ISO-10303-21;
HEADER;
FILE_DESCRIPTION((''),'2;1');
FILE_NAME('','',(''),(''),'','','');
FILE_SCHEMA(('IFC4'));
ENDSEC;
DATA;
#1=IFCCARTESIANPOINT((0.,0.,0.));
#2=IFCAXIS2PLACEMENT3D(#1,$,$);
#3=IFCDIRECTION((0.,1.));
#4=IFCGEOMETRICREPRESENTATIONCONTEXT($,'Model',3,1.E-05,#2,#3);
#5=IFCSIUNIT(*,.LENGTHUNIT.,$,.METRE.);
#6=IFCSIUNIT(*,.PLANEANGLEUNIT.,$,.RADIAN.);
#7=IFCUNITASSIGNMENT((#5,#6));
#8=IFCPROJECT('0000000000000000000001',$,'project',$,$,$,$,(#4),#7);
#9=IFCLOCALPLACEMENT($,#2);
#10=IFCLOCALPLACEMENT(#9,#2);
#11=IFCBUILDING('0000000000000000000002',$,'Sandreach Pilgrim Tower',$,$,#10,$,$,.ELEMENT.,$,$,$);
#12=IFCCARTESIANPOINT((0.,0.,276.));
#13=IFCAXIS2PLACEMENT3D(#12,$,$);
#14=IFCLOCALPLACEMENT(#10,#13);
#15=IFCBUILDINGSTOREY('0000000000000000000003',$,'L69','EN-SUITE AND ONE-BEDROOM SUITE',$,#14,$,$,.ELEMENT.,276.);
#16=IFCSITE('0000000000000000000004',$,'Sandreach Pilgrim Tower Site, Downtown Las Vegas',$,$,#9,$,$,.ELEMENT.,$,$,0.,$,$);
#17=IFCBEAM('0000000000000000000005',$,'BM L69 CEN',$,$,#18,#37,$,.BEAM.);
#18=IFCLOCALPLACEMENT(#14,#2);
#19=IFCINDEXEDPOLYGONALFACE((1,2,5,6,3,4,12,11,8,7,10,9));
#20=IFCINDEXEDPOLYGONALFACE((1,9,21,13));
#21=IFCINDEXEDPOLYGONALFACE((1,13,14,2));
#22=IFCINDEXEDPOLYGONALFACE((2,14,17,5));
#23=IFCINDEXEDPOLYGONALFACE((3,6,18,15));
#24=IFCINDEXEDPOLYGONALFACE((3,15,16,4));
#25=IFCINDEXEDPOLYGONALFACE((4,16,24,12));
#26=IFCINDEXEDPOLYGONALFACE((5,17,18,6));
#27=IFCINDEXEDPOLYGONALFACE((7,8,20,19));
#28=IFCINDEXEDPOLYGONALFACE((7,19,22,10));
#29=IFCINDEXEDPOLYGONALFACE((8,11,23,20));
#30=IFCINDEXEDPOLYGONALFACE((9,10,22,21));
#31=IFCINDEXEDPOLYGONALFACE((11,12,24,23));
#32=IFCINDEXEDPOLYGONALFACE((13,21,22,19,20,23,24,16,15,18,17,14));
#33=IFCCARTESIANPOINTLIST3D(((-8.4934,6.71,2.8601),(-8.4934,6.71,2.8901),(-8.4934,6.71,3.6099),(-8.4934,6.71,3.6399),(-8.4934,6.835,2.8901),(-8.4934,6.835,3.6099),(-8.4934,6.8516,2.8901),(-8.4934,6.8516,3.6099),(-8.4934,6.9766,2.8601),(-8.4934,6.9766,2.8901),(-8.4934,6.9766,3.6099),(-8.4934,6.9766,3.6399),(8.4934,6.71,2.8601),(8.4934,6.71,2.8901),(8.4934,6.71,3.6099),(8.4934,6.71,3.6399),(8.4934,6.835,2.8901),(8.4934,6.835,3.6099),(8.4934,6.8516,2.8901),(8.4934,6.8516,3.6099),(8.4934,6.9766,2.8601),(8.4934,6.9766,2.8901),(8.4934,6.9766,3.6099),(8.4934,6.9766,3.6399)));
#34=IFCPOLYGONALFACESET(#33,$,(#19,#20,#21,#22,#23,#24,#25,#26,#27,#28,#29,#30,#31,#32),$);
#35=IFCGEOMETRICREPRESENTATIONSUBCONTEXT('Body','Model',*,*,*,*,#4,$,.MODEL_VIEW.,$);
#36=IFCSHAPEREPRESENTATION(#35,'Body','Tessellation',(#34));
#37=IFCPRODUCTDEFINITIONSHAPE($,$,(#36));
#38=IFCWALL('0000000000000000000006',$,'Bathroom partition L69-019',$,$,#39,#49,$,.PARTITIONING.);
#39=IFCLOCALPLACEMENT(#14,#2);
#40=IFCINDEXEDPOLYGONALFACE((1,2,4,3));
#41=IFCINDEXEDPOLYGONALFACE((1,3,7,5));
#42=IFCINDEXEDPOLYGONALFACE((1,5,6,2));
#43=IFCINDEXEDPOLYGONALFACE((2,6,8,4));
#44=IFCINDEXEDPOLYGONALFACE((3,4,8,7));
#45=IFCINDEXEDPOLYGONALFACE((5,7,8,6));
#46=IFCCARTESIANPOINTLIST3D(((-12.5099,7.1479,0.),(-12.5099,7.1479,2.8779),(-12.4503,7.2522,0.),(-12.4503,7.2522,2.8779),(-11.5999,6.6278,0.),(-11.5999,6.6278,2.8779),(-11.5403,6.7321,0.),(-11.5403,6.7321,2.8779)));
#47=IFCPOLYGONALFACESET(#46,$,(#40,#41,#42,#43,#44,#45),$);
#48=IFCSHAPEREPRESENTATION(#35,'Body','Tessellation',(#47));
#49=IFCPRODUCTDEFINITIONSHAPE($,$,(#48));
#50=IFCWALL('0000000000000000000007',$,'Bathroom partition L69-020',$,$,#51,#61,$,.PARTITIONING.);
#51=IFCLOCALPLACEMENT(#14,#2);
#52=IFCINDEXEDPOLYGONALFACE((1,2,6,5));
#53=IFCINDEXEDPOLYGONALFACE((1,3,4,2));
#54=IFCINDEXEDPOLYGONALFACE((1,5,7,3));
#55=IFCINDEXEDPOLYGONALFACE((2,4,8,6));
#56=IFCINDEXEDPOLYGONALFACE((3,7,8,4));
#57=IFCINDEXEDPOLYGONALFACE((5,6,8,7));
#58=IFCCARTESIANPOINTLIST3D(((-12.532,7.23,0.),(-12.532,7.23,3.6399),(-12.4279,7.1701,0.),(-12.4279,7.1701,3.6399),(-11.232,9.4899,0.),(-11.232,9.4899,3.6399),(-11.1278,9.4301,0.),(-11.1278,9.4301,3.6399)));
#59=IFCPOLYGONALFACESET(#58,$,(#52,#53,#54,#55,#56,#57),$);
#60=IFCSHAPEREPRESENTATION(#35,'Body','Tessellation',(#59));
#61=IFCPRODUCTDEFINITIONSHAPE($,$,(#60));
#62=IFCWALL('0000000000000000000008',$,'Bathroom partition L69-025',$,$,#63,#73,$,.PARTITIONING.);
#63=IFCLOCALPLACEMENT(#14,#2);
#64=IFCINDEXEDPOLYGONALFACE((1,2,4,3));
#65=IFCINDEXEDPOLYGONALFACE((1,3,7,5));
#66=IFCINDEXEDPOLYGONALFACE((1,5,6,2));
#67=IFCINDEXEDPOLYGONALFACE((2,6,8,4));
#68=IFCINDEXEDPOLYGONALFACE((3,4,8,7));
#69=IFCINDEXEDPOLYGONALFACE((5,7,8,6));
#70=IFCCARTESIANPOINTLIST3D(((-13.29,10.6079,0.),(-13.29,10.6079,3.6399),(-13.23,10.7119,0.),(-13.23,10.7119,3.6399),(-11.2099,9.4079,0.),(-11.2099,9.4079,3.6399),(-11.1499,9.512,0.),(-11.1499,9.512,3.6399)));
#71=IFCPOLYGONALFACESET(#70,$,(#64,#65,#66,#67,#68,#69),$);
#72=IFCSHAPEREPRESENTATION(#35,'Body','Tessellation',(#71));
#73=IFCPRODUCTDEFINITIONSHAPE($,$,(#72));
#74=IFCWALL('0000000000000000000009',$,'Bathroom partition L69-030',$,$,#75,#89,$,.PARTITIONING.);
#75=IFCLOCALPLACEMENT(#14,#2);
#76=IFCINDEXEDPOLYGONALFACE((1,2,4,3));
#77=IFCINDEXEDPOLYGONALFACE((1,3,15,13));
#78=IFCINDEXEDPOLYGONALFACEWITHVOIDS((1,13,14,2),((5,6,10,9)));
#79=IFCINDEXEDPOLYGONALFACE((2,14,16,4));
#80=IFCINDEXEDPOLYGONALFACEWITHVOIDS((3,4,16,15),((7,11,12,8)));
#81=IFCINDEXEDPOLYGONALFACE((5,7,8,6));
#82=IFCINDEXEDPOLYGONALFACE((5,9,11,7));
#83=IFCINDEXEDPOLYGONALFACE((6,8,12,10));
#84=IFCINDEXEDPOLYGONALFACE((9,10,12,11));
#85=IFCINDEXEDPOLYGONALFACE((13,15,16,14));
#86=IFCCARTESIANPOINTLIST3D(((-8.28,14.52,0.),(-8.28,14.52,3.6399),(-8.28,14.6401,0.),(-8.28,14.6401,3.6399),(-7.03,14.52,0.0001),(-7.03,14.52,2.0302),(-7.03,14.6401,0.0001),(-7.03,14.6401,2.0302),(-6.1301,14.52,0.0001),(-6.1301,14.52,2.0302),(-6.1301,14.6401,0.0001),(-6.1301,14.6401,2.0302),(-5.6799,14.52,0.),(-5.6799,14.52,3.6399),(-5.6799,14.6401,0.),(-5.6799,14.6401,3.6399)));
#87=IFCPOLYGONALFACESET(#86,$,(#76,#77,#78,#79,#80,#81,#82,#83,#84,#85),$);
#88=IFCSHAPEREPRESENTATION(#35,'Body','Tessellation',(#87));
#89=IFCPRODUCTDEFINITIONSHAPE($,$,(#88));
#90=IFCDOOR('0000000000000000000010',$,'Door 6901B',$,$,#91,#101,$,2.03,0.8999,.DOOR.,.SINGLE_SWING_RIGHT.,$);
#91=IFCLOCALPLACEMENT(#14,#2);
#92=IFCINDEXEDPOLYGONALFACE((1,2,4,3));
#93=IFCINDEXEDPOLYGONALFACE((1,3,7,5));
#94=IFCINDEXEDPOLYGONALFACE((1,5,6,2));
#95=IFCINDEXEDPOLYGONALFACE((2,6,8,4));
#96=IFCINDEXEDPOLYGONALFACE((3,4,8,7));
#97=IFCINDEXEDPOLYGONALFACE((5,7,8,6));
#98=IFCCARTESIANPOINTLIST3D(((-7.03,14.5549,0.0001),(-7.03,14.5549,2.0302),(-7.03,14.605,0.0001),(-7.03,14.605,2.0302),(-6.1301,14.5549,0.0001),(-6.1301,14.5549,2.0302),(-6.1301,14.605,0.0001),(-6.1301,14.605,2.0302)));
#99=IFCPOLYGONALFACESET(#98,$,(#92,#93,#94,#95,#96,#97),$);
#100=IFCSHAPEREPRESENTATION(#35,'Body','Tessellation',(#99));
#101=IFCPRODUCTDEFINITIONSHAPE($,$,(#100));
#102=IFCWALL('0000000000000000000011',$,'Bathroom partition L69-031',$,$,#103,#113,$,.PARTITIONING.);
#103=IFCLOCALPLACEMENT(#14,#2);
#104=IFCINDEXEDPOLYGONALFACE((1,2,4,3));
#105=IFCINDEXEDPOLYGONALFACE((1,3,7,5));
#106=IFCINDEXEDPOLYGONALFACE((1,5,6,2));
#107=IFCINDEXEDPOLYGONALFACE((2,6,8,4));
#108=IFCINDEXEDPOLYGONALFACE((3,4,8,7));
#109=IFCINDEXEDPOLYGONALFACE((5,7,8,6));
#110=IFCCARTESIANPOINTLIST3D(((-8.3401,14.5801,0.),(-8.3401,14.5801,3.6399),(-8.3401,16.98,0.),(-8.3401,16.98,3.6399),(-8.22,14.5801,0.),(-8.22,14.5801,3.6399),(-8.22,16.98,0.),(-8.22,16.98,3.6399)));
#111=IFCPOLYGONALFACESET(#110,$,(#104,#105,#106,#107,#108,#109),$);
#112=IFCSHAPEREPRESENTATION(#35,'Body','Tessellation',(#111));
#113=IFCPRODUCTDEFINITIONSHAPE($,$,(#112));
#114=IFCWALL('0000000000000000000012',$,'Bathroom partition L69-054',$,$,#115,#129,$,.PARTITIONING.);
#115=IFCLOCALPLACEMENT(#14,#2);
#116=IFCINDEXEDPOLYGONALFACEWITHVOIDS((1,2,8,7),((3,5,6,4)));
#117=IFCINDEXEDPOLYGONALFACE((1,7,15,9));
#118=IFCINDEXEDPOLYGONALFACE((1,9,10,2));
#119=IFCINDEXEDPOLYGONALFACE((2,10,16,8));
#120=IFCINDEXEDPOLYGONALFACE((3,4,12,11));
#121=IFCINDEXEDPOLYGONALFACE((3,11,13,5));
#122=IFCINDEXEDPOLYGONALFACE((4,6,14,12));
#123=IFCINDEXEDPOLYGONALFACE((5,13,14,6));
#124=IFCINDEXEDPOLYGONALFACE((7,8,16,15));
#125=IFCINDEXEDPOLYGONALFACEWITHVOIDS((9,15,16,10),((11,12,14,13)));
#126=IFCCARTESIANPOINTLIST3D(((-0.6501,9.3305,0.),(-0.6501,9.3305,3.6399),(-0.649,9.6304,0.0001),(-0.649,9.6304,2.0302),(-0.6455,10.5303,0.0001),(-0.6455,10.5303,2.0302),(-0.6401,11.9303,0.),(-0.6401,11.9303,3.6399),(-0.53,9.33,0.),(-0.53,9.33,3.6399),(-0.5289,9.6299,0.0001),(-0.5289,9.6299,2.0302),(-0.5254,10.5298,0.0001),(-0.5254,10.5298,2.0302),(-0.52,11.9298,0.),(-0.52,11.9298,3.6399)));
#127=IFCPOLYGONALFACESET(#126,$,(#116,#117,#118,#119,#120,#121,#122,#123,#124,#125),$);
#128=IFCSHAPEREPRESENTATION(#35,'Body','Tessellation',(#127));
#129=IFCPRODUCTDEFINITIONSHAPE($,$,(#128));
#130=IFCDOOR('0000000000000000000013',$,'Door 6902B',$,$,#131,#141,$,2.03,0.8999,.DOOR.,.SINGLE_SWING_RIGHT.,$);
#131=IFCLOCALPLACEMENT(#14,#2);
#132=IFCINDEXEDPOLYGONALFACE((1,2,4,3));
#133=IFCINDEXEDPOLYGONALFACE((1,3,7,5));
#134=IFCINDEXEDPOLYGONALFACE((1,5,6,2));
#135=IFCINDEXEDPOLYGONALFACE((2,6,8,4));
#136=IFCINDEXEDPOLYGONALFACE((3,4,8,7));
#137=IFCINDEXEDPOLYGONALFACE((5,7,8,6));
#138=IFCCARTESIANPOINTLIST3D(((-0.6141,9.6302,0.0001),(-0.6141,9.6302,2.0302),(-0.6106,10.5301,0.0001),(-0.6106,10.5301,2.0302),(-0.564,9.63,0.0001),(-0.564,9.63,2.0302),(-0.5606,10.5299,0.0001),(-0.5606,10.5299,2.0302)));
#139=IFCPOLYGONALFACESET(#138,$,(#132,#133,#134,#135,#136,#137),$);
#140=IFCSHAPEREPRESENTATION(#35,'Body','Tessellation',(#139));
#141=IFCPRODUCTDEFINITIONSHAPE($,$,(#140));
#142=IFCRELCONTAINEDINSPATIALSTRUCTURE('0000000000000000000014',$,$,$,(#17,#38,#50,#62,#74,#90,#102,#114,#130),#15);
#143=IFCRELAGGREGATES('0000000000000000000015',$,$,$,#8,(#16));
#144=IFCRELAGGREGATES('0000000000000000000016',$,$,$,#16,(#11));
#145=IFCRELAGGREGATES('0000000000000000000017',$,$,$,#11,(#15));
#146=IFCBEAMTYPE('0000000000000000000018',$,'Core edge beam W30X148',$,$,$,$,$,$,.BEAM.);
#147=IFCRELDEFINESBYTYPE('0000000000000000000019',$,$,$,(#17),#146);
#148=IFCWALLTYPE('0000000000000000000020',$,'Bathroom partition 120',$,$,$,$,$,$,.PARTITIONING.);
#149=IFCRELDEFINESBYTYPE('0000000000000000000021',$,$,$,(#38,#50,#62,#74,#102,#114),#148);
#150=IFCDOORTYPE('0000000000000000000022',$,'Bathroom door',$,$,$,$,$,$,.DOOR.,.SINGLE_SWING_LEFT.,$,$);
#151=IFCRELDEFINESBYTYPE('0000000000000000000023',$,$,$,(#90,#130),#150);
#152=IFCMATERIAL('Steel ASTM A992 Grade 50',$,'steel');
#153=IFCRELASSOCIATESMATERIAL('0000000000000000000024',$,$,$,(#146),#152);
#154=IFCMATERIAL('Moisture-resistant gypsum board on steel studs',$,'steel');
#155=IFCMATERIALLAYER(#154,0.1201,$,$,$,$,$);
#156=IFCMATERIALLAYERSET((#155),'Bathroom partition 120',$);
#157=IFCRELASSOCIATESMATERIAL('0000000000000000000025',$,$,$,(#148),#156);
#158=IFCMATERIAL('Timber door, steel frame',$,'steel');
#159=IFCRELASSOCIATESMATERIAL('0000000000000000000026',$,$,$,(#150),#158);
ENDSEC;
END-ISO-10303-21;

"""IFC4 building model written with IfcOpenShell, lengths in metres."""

from ifc_helpers import new_model, si_unit, direction, frame, frame_2d, origin, origin_2d, place, context, subcontext, project, spatial, rectangle, i_section, extrude, material, layer, layer_set, material_profile, profile_set, type_object, element, fill, save


model = new_model("IFC4")

# Units and contexts
model_context = context("Model", 3, precision=1e-05, world=origin(), true_north=direction((0.0, 1.0)))
body_context = subcontext(model_context, "Body", "Model", "MODEL_VIEW")
ifc_project = project(units=[si_unit("LENGTHUNIT", "METRE"), si_unit("PLANEANGLEUNIT", "RADIAN")], contexts=[model_context])

# Site, building, storey
site_placement = place(None, origin())
site = spatial("IfcSite", under=ifc_project, at=site_placement, Name="Sandreach Pilgrim Tower Site, Downtown Las Vegas", CompositionType="ELEMENT", RefElevation=0.0)
building_placement = place(site_placement, origin())
building = spatial("IfcBuilding", under=site, at=building_placement, Name="Sandreach Pilgrim Tower", CompositionType="ELEMENT")
storey_placement = place(building_placement, frame((0.0, 0.0, 276.0)))
storey = spatial("IfcBuildingStorey", under=building, at=storey_placement, Name="L69", Description="EN-SUITE AND ONE-BEDROOM SUITE", CompositionType="ELEMENT", Elevation=276.0)

# Beam
ifc_material_1 = material(Name="Steel ASTM A992 Grade 50", Category="steel")
ifc_material_profile = material_profile(ifc_material_1, i_section(OverallWidth=0.2666, OverallDepth=0.7798, WebThickness=0.0166, FlangeThickness=0.03, at=origin_2d()), Name="W30X148")
ifc_profile_set = profile_set([ifc_material_profile], Name="Steel ASTM A992 Grade 50")
beam_type = type_object("IfcBeamType", Name="Core edge beam W30X148", PredefinedType="BEAM", material=ifc_profile_set)
beam_placement = place(storey_placement, frame((-8.4934, 6.8433, 3.25), z_axis=(1.0, 0.0, 0.0), x_axis=(0.0, 1.0, 0.0)))
element("IfcBeam", 1, at=beam_placement, inside=storey, type_object=beam_type, Name="BM L69 CEN", PredefinedType="BEAM", context=body_context, shape_type="SweptSolid", body=[
    extrude(i_section(OverallWidth=0.2666, OverallDepth=0.7798, WebThickness=0.0166, FlangeThickness=0.03, at=origin_2d()), origin(), (0.0, 0.0, 1.0), 16.9868),
])

# Walls
ifc_material_2 = material(Name="Moisture-resistant gypsum board on steel studs", Category="steel")
ifc_layer_1 = layer(ifc_material_2, 0.1201)
ifc_layer_set_1 = layer_set([ifc_layer_1], Name="Bathroom partition 120")
wall_type_1 = type_object("IfcWallType", Name="Bathroom partition 120", PredefinedType="PARTITIONING", material=ifc_layer_set_1)
wall_1_placement = place(storey_placement, frame((-12.48, 7.2, 0.0), z_axis=(0.0, 0.0, 1.0), x_axis=(0.868214, -0.496189, 0.0)))
element("IfcWall", 2, at=wall_1_placement, inside=storey, type_object=wall_type_1, Name="Bathroom partition L69-019", PredefinedType="PARTITIONING", context=body_context, shape_type="SweptSolid", body=[
    extrude(rectangle(XDim=1.0481, YDim=0.1201, at=frame_2d((0.5239, 0.0))), origin(), (0.0, 0.0, 1.0), 2.8779),
])
wall_2_placement = place(storey_placement, frame((-12.48, 7.2, 0.0), z_axis=(0.0, 0.0, 1.0), x_axis=(0.498628, 0.866816, 0.0)))
element("IfcWall", 3, at=wall_2_placement, inside=storey, type_object=wall_type_1, Name="Bathroom partition L69-020", PredefinedType="PARTITIONING", context=body_context, shape_type="SweptSolid", body=[
    extrude(rectangle(XDim=2.6072, YDim=0.1201, at=frame_2d((1.3037, 0.0))), origin(), (0.0, 0.0, 1.0), 3.6399),
])
wall_3_placement = place(storey_placement, frame((-11.1799, 9.46, 0.0), z_axis=(0.0, 0.0, 1.0), x_axis=(-0.866203, 0.499693, 0.0)))
element("IfcWall", 4, at=wall_3_placement, inside=storey, type_object=wall_type_1, Name="Bathroom partition L69-025", PredefinedType="PARTITIONING", context=body_context, shape_type="SweptSolid", body=[
    extrude(rectangle(XDim=2.4014, YDim=0.1201, at=frame_2d((1.2007, 0.0))), origin(), (0.0, 0.0, 1.0), 3.6399),
])

# Wall, opening, door
wall_4_placement = place(storey_placement, frame((-8.28, 14.5801, 0.0), z_axis=(0.0, 0.0, 1.0), x_axis=(1.0, 0.0, 0.0)))
wall_4 = element("IfcWall", 5, at=wall_4_placement, inside=storey, type_object=wall_type_1, Name="Bathroom partition L69-030", PredefinedType="PARTITIONING", context=body_context, shape_type="SweptSolid", body=[
    extrude(rectangle(XDim=2.6001, YDim=0.1201, at=frame_2d((1.3, 0.0))), origin(), (0.0, 0.0, 1.0), 3.6399),
])
opening_1_placement = place(wall_4_placement, frame((1.25, 0.0, 0.0)))
opening_1 = element("IfcOpeningElement", 6, at=opening_1_placement, cuts=wall_4, PredefinedType="OPENING", context=body_context, shape_type="SweptSolid", body=[
    extrude(rectangle(XDim=0.8999, YDim=2.03, at=frame_2d((0.45, 1.0151))), frame((0.0, 0.0601, 0.0), z_axis=(0.0, -1.0, 0.0), x_axis=(1.0, 0.0, 0.0)), (0.0, 0.0, 1.0), 0.1201),
])
ifc_material_3 = material(Name="Timber door, steel frame", Category="steel")
door_type_1 = type_object("IfcDoorType", Name="Bathroom door", OperationType="SINGLE_SWING_LEFT", PredefinedType="DOOR", material=ifc_material_3)
door_1_placement = place(opening_1_placement, origin())
door_1 = element("IfcDoor", 7, at=door_1_placement, inside=storey, type_object=door_type_1, Name="Door 6901B", OperationType="SINGLE_SWING_RIGHT", OverallHeight=2.03, OverallWidth=0.8999, PredefinedType="DOOR", context=body_context, shape_type="SweptSolid", body=[
    extrude(rectangle(XDim=0.8999, YDim=2.03, at=frame_2d((0.45, 1.0151))), frame((0.0, 0.0249, 0.0), z_axis=(0.0, -1.0, 0.0), x_axis=(1.0, 0.0, 0.0)), (0.0, 0.0, 1.0), 0.05),
])
fill(opening_1, door_1)

# Wall
wall_5_placement = place(storey_placement, frame((-8.28, 16.98, 0.0), z_axis=(0.0, 0.0, 1.0), x_axis=(0.0, -1.0, 0.0)))
element("IfcWall", 8, at=wall_5_placement, inside=storey, type_object=wall_type_1, Name="Bathroom partition L69-031", PredefinedType="PARTITIONING", context=body_context, shape_type="SweptSolid", body=[
    extrude(rectangle(XDim=2.3999, YDim=0.1201, at=frame_2d((1.2, 0.0))), origin(), (0.0, 0.0, 1.0), 3.6399),
])

# Wall, opening, door
wall_6_placement = place(storey_placement, frame((-0.5801, 11.9299, 0.0), z_axis=(0.0, 0.0, 1.0), x_axis=(-0.00385, -0.999993, 0.0)))
wall_6 = element("IfcWall", 9, at=wall_6_placement, inside=storey, type_object=wall_type_1, Name="Bathroom partition L69-054", PredefinedType="PARTITIONING", context=body_context, shape_type="SweptSolid", body=[
    extrude(rectangle(XDim=2.5999, YDim=0.1201, at=frame_2d((1.2998, 0.0))), origin(), (0.0, 0.0, 1.0), 3.6399),
])
opening_2_placement = place(wall_6_placement, frame((1.3999, 0.0, 0.0)))
opening_2 = element("IfcOpeningElement", 10, at=opening_2_placement, cuts=wall_6, PredefinedType="OPENING", context=body_context, shape_type="SweptSolid", body=[
    extrude(rectangle(XDim=0.8999, YDim=2.03, at=frame_2d((0.45, 1.0151))), frame((0.0, 0.0601, 0.0), z_axis=(0.0, -1.0, 0.0), x_axis=(1.0, 0.0, 0.0)), (0.0, 0.0, 1.0), 0.1201),
])
door_2_placement = place(opening_2_placement, origin())
door_2 = element("IfcDoor", 11, at=door_2_placement, inside=storey, type_object=door_type_1, Name="Door 6902B", OperationType="SINGLE_SWING_RIGHT", OverallHeight=2.03, OverallWidth=0.8999, PredefinedType="DOOR", context=body_context, shape_type="SweptSolid", body=[
    extrude(rectangle(XDim=0.8999, YDim=2.03, at=frame_2d((0.45, 1.0151))), frame((0.0, 0.0249, 0.0), z_axis=(0.0, -1.0, 0.0), x_axis=(1.0, 0.0, 0.0)), (0.0, 0.0, 1.0), 0.05),
])
fill(opening_2, door_2)

save(model, "model.ifc")
